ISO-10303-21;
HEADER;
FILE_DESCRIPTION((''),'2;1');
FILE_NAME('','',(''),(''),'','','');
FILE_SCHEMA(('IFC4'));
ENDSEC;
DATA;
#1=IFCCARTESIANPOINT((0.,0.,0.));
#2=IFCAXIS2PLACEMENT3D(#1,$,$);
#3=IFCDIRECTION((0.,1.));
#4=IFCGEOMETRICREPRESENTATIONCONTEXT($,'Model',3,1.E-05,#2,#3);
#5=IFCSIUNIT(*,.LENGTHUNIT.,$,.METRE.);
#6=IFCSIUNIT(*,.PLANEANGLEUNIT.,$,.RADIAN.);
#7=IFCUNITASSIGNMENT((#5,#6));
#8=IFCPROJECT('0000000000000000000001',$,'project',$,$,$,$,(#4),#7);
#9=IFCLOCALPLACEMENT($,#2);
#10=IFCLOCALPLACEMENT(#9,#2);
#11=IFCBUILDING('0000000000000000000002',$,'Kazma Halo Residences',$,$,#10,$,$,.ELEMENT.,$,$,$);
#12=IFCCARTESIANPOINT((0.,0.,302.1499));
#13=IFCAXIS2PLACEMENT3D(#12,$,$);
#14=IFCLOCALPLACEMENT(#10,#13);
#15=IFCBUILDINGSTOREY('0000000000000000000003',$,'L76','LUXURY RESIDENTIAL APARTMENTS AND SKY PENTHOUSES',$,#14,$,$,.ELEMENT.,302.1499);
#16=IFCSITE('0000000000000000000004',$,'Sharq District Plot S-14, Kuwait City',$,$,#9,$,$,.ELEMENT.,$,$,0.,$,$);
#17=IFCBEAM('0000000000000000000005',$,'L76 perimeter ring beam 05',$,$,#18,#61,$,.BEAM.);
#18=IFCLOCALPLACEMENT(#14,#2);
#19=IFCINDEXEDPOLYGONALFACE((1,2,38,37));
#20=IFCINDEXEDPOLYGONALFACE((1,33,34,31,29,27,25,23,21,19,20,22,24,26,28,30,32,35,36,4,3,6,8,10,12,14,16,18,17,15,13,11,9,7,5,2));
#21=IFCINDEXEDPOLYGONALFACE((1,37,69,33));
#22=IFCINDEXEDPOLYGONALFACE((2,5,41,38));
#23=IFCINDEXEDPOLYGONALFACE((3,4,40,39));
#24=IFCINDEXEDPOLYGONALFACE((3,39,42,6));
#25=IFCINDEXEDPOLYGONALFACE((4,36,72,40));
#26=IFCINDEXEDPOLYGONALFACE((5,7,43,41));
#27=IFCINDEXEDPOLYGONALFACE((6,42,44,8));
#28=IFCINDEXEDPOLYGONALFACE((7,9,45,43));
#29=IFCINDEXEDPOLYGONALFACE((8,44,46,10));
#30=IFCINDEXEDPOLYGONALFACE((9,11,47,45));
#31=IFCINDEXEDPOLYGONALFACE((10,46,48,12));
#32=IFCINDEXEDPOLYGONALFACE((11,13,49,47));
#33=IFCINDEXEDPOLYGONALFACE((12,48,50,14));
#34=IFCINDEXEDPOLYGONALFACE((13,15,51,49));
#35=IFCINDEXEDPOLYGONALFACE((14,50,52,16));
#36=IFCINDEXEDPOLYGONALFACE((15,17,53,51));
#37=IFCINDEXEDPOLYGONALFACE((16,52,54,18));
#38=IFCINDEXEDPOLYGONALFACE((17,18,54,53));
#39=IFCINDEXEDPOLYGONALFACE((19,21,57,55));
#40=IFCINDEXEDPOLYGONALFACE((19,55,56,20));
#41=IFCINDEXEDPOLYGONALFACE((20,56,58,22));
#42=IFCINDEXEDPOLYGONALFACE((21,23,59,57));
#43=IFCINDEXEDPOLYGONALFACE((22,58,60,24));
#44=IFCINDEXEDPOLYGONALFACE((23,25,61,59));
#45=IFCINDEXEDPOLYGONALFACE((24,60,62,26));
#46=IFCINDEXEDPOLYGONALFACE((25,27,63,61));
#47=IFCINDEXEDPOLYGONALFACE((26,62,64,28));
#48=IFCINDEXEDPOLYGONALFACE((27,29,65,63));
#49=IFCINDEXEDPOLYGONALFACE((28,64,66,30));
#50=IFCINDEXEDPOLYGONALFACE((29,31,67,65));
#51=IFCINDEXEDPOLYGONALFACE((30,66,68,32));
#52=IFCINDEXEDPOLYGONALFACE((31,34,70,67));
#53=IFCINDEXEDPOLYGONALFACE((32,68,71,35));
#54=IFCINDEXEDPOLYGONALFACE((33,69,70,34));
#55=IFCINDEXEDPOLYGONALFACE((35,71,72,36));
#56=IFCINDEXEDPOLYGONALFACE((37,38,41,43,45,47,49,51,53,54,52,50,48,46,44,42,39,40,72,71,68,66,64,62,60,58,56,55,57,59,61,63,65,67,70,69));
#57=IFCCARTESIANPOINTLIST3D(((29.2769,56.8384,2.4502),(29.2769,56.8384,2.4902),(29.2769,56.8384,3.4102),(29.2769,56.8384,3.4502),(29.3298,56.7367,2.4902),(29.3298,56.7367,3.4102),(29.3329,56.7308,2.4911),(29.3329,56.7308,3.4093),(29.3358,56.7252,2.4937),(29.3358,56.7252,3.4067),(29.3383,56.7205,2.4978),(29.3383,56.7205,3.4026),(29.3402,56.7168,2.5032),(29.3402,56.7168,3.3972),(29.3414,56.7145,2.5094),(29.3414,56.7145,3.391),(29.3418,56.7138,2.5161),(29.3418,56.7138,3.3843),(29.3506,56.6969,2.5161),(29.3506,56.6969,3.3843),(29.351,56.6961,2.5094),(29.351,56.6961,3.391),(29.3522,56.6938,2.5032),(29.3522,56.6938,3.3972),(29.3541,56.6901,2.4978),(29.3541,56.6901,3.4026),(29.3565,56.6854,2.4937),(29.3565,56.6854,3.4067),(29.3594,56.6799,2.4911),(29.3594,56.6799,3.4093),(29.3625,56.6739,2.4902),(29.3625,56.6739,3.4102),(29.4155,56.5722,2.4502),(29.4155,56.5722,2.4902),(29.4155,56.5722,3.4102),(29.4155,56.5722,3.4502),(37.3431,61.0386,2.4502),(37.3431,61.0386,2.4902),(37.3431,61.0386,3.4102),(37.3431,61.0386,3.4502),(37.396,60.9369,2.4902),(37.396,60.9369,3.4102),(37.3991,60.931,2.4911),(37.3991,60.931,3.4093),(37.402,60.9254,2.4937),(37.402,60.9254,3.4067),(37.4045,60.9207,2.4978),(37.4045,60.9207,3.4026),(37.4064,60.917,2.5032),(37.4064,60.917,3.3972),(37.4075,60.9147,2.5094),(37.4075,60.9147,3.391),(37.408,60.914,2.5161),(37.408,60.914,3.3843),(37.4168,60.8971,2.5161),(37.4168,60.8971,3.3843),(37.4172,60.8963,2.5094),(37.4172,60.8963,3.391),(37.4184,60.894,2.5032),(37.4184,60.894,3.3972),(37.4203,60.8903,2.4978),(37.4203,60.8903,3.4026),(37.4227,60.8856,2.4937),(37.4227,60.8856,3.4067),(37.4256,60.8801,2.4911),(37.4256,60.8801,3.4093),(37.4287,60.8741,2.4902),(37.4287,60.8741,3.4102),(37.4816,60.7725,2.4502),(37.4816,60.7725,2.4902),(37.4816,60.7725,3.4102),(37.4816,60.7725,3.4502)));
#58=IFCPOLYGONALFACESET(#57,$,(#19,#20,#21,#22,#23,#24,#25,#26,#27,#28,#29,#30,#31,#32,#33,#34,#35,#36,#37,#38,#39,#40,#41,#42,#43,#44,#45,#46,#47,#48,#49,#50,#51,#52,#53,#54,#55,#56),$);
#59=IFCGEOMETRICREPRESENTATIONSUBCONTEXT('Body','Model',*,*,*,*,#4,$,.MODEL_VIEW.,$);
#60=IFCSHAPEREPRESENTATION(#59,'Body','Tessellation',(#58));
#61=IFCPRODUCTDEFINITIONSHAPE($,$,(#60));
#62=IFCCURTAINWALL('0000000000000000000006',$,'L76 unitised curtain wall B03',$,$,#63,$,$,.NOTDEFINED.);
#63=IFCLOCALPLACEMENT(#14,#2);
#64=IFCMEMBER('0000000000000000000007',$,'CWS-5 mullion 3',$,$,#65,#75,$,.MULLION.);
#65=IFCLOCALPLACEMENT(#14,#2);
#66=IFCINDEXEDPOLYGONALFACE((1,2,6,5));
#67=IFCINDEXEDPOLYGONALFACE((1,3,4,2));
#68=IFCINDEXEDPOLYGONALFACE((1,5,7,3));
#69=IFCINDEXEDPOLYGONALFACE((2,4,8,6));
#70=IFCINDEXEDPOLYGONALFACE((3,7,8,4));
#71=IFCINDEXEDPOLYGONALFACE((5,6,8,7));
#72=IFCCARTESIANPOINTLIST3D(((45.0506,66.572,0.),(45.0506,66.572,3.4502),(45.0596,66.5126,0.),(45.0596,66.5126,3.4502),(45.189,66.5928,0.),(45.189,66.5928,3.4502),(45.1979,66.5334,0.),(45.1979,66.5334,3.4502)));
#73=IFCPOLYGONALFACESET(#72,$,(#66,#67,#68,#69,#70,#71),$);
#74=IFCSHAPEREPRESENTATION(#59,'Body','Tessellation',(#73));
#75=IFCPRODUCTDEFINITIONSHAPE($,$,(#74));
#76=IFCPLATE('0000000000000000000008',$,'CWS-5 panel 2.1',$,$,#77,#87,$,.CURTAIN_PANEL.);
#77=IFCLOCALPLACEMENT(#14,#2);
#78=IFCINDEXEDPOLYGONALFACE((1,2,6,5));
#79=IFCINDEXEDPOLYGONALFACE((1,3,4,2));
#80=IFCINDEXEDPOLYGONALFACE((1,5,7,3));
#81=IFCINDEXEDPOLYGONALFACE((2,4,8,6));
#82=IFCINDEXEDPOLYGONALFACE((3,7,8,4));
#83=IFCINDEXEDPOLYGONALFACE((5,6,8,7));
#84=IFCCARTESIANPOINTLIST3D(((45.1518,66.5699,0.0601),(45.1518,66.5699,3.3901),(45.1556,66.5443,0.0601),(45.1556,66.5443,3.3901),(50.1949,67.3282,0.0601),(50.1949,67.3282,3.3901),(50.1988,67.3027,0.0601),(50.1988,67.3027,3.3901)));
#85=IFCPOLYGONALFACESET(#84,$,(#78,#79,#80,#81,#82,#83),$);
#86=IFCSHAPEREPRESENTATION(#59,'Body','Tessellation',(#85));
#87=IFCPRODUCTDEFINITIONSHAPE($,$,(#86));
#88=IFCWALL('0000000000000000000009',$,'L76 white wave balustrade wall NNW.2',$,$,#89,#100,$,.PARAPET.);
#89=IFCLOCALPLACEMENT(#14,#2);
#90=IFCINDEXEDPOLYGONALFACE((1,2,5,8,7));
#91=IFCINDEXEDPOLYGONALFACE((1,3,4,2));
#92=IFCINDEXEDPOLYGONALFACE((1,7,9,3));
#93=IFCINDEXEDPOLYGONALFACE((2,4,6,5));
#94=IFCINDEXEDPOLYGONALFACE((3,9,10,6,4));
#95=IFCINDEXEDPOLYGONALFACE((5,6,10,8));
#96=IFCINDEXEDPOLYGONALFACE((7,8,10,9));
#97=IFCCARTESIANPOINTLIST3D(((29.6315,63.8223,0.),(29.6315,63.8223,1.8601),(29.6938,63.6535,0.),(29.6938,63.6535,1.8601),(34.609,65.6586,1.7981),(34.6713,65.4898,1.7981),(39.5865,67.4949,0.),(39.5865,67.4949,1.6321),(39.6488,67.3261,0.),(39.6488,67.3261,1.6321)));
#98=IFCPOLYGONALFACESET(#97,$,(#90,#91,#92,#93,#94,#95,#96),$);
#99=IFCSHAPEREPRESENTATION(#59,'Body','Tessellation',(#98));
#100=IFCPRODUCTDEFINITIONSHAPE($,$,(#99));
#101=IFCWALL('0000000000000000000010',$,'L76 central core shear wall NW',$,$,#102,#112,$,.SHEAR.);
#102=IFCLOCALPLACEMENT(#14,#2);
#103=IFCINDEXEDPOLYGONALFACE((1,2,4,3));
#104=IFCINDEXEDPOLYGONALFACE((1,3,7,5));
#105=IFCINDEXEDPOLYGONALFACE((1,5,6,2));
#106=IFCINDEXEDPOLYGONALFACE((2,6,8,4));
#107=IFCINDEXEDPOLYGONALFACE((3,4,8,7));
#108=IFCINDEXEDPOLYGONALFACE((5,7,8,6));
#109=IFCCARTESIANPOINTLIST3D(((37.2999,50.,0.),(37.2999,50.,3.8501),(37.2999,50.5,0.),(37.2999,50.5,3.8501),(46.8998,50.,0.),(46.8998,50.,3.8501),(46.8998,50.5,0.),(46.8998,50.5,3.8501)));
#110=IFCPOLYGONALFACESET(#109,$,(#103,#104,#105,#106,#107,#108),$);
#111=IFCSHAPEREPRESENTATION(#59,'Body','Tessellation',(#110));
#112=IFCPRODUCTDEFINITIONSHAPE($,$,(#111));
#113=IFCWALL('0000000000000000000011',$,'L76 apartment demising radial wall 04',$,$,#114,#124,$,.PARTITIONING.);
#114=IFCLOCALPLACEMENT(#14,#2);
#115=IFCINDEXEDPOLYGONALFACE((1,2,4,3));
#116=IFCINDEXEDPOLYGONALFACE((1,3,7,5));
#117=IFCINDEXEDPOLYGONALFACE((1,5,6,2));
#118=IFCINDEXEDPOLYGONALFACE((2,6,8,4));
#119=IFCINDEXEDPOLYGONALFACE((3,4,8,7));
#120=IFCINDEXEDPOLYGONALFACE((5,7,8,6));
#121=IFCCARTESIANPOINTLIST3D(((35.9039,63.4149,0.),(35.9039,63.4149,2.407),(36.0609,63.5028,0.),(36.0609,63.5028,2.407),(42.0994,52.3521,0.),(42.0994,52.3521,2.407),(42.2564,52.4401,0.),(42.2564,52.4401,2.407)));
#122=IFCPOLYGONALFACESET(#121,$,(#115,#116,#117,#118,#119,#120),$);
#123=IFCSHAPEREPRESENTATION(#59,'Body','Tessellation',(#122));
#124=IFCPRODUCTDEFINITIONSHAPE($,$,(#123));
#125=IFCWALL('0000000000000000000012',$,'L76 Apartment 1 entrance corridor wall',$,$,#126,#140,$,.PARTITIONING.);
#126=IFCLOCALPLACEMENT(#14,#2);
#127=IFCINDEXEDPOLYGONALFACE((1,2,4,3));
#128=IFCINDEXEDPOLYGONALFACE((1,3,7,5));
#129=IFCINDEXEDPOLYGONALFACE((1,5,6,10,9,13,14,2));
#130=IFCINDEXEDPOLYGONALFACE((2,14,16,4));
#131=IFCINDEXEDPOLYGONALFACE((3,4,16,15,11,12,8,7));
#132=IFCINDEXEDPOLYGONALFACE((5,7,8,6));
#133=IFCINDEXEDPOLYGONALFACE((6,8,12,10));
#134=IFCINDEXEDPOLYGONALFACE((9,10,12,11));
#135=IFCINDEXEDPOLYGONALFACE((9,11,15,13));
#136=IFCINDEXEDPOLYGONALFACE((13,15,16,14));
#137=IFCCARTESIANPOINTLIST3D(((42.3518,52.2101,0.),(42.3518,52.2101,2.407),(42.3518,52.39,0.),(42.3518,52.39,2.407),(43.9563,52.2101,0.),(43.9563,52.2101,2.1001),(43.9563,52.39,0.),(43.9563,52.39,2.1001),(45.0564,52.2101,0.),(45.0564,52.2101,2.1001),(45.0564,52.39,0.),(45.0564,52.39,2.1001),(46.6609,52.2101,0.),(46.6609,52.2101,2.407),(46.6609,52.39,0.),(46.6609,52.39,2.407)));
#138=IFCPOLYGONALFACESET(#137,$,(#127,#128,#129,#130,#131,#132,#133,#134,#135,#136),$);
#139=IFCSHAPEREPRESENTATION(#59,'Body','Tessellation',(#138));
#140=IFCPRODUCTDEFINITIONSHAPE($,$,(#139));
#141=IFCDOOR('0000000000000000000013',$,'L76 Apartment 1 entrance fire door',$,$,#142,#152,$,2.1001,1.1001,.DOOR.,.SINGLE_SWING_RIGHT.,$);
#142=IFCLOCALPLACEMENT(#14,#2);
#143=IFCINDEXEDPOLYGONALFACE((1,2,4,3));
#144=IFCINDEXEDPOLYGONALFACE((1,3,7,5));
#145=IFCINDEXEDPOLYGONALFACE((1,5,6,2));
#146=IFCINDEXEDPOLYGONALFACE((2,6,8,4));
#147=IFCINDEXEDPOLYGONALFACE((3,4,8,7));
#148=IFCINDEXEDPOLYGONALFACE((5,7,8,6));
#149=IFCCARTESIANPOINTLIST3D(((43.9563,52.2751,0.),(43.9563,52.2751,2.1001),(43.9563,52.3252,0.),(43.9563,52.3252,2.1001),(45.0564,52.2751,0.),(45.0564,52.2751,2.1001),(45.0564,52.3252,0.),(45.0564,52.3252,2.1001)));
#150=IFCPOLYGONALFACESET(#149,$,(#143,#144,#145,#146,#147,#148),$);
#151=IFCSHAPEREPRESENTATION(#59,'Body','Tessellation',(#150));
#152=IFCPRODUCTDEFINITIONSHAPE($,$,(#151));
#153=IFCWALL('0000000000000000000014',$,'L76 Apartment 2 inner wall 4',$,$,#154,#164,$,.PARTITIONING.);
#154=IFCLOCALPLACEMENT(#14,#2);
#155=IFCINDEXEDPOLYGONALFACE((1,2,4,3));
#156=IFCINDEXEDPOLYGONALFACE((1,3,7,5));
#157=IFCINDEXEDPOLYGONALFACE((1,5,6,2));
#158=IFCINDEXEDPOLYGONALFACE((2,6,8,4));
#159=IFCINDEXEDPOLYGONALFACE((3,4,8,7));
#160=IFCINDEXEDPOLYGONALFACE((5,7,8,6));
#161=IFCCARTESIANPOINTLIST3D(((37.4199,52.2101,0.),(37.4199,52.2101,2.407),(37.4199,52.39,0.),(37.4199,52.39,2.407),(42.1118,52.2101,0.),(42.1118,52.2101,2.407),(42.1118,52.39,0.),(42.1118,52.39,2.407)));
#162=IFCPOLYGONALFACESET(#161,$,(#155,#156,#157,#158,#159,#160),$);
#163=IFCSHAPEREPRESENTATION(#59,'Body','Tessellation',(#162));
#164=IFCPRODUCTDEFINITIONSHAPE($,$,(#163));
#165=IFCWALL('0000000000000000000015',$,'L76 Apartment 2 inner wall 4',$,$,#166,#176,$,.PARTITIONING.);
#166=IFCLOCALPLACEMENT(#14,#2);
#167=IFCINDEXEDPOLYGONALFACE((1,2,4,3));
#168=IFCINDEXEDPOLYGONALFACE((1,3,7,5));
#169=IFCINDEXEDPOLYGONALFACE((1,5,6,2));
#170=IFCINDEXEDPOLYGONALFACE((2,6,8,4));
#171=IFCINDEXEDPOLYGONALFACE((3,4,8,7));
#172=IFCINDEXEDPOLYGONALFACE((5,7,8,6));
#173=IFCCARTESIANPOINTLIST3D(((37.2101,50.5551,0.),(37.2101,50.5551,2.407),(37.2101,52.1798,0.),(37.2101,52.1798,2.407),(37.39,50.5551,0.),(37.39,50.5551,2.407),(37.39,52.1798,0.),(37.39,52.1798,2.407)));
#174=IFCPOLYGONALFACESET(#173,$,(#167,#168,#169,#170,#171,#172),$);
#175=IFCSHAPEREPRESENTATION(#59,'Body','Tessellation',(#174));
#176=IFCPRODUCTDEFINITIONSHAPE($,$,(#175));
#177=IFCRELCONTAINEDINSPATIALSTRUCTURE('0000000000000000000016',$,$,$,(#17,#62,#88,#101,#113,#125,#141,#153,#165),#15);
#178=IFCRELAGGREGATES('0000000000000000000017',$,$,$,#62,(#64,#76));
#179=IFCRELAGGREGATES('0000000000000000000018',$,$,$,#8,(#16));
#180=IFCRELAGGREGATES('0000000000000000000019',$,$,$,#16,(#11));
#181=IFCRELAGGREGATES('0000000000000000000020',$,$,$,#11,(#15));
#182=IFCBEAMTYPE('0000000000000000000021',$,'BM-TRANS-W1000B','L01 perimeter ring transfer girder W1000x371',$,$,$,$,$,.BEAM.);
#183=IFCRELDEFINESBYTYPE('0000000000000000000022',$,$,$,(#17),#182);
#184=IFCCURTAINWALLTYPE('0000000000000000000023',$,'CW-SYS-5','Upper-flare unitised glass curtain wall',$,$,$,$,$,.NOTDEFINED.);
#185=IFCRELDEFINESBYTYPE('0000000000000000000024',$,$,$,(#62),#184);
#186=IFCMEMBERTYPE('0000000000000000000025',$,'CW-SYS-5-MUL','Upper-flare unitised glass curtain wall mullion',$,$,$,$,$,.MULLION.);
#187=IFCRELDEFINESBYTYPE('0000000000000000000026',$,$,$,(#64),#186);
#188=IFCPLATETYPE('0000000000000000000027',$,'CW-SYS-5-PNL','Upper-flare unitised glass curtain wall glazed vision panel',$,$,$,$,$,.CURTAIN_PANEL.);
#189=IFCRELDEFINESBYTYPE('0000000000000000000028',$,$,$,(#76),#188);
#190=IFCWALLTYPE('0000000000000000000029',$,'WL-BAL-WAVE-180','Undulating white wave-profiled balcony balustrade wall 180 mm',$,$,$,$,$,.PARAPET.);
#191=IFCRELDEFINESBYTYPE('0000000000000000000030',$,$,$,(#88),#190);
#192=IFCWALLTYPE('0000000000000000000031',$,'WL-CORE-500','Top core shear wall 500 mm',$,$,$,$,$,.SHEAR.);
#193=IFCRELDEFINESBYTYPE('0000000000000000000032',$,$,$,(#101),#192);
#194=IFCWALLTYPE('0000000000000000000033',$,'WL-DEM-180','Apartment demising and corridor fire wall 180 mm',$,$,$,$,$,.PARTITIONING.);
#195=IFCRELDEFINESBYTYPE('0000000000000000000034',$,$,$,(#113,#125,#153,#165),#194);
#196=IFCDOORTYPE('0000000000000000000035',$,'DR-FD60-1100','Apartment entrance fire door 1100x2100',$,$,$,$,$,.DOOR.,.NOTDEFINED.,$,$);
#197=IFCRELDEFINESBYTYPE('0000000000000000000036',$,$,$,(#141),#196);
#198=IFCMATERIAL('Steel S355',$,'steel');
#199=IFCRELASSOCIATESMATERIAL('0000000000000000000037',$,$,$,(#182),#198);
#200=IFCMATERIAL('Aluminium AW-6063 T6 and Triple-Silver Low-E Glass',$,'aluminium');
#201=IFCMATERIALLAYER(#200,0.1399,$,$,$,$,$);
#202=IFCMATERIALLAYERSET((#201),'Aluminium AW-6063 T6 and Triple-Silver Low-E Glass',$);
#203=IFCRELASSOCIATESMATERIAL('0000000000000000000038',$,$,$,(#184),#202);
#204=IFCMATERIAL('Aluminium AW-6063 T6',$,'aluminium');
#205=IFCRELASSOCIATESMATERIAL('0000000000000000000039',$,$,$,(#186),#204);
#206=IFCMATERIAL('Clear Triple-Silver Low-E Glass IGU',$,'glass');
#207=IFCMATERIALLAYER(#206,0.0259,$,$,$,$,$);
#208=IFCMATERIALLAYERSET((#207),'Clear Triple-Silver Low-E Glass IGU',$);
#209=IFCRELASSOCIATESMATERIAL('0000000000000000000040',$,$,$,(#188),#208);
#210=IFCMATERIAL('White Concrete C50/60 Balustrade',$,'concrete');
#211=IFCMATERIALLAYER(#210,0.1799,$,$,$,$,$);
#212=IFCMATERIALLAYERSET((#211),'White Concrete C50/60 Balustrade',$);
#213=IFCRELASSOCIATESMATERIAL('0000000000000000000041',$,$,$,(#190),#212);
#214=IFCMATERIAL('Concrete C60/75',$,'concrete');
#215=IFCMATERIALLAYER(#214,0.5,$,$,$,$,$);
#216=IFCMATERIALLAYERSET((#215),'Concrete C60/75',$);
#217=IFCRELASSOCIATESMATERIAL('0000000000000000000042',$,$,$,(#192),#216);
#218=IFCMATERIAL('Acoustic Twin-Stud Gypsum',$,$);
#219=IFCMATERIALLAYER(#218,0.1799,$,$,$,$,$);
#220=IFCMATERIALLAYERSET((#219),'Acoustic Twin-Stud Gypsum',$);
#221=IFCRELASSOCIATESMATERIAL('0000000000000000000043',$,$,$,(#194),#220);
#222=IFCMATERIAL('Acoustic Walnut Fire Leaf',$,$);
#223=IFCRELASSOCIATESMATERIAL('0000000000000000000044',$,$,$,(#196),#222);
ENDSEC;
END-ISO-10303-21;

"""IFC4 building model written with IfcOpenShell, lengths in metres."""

from ifc_helpers import new_model, si_unit, direction, frame, frame_2d, origin, origin_2d, place, context, subcontext, project, spatial, polyline, rectangle, i_section, outline, extrude, material, layer, layer_set, material_profile, profile_set, type_object, element, fill, aggregate, save


model = new_model("IFC4")

# Units and contexts
model_context = context("Model", 3, precision=1e-05, world=origin(), true_north=direction((0.0, 1.0)))
body_context = subcontext(model_context, "Body", "Model", "MODEL_VIEW")
ifc_project = project(units=[si_unit("LENGTHUNIT", "METRE"), si_unit("PLANEANGLEUNIT", "RADIAN")], contexts=[model_context])

# Site, building, storey
site_placement = place(None, origin())
site = spatial("IfcSite", under=ifc_project, at=site_placement, Name="Sharq District Plot S-14, Kuwait City", CompositionType="ELEMENT", RefElevation=0.0)
building_placement = place(site_placement, origin())
building = spatial("IfcBuilding", under=site, at=building_placement, Name="Kazma Halo Residences", CompositionType="ELEMENT")
storey_placement = place(building_placement, frame((0.0, 0.0, 302.1499)))
storey = spatial("IfcBuildingStorey", under=building, at=storey_placement, Name="L76", Description="LUXURY RESIDENTIAL APARTMENTS AND SKY PENTHOUSES", CompositionType="ELEMENT", Elevation=302.1499)

# Shared definitions
ifc_material_1 = material(Name="Concrete C60/75", Category="concrete")

# Beam
ifc_material_2 = material(Name="Steel S355", Category="steel")
ifc_material_profile_1 = material_profile(ifc_material_2, i_section(OverallWidth=0.3, OverallDepth=1.0, WebThickness=0.019, FlangeThickness=0.04, FilletRadius=0.0259, at=origin_2d()), Name="W1000x371")
ifc_profile_set_1 = profile_set([ifc_material_profile_1], Name="Steel S355")
beam_type_1 = type_object("IfcBeamType", Name="BM-TRANS-W1000B", Description="L01 perimeter ring transfer girder W1000x371", PredefinedType="BEAM", material=ifc_profile_set_1)
beam_1_placement = place(storey_placement, frame((37.4124, 60.9055, 2.9502), z_axis=(-0.886956, -0.461854, 0.0), x_axis=(0.461854, -0.886956, 0.0)))
element("IfcBeam", 1, at=beam_1_placement, inside=storey, type_object=beam_type_1, Name="L76 perimeter ring beam 05", PredefinedType="BEAM", context=body_context, shape_type="SweptSolid", body=[
    extrude(i_section(OverallWidth=0.3, OverallDepth=1.0, WebThickness=0.019, FlangeThickness=0.04, FilletRadius=0.0259, at=origin_2d()), origin(), (0.0, 0.0, 1.0), 9.0942),
])

# Curtain wall, member, plate
ifc_material_3 = material(Name="Aluminium AW-6063 T6 and Triple-Silver Low-E Glass", Category="aluminium")
ifc_layer_1 = layer(ifc_material_3, 0.1399)
ifc_layer_set_1 = layer_set([ifc_layer_1], Name="Aluminium AW-6063 T6 and Triple-Silver Low-E Glass")
curtain_wall_type = type_object("IfcCurtainWallType", Name="CW-SYS-5", Description="Upper-flare unitised glass curtain wall", PredefinedType="NOTDEFINED", material=ifc_layer_set_1)
curtain_wall_placement = place(storey_placement, origin())
curtain_wall = element("IfcCurtainWall", 2, at=curtain_wall_placement, inside=storey, type_object=curtain_wall_type, Name="L76 unitised curtain wall B03", PredefinedType="NOTDEFINED")
ifc_material_4 = material(Name="Aluminium AW-6063 T6", Category="aluminium")
ifc_material_profile_2 = material_profile(ifc_material_4, rectangle(XDim=0.0601, YDim=0.1399, at=origin_2d()), Name="CWM-60x140")
ifc_profile_set_2 = profile_set([ifc_material_profile_2], Name="Aluminium AW-6063 T6")
member_type = type_object("IfcMemberType", Name="CW-SYS-5-MUL", Description="Upper-flare unitised glass curtain wall mullion", PredefinedType="MULLION", material=ifc_profile_set_2)
member_placement = place(storey_placement, frame((45.1243, 66.5527, 0.0), z_axis=(0.0, 0.0, 1.0), x_axis=(0.148697, -0.988883, 0.0)))
member = element("IfcMember", 3, at=member_placement, type_object=member_type, Name="CWS-5 mullion 3", PredefinedType="MULLION", context=body_context, shape_type="SweptSolid", body=[
    extrude(rectangle(XDim=0.0601, YDim=0.1399, at=origin_2d()), origin(), (0.0, 0.0, 1.0), 3.4502),
])
ifc_material_5 = material(Name="Clear Triple-Silver Low-E Glass IGU", Category="glass")
ifc_layer_2 = layer(ifc_material_5, 0.0259)
ifc_layer_set_2 = layer_set([ifc_layer_2], Name="Clear Triple-Silver Low-E Glass IGU")
plate_type = type_object("IfcPlateType", Name="CW-SYS-5-PNL", Description="Upper-flare unitised glass curtain wall glazed vision panel", PredefinedType="CURTAIN_PANEL", material=ifc_layer_set_2)
plate_placement = place(storey_placement, frame((47.6753, 66.9363, 0.0601), z_axis=(0.0, 0.0, 1.0), x_axis=(-0.988883, -0.148697, 0.0)))
plate = element("IfcPlate", 4, at=plate_placement, type_object=plate_type, Name="CWS-5 panel 2.1", PredefinedType="CURTAIN_PANEL", context=body_context, shape_type="SweptSolid", body=[
    extrude(rectangle(XDim=5.0999, YDim=0.0259, at=origin_2d()), origin(), (0.0, 0.0, 1.0), 3.3301),
])
aggregate(curtain_wall, [member, plate])

# Walls
ifc_material_6 = material(Name="White Concrete C50/60 Balustrade", Category="concrete")
ifc_layer_3 = layer(ifc_material_6, 0.1799)
ifc_layer_set_3 = layer_set([ifc_layer_3], Name="White Concrete C50/60 Balustrade")
wall_type_1 = type_object("IfcWallType", Name="WL-BAL-WAVE-180", Description="Undulating white wave-profiled balcony balustrade wall 180 mm", PredefinedType="PARAPET", material=ifc_layer_set_3)
wall_1_placement = place(storey_placement, frame((39.6177, 67.4104, 0.0), z_axis=(0.0, 0.0, 1.0), x_axis=(-0.938192, -0.346116, 0.0)))
element("IfcWall", 5, at=wall_1_placement, inside=storey, type_object=wall_type_1, Name="L76 white wave balustrade wall NNW.2", PredefinedType="PARAPET", context=body_context, shape_type="SweptSolid", body=[
    extrude(outline(polyline([(0.0, 0.0), (10.6108, 0.0), (10.6108, 1.8601), (5.3054, 1.7981), (0.0, 1.6321), (0.0, 0.0)])), frame((0.0, 0.0898, 0.0), z_axis=(0.0, -1.0, 0.0), x_axis=(1.0, 0.0, 0.0)), (0.0, 0.0, 1.0), 0.1799),
])
ifc_layer_4 = layer(ifc_material_1, 0.5)
ifc_layer_set_4 = layer_set([ifc_layer_4], Name="Concrete C60/75")
wall_type_2 = type_object("IfcWallType", Name="WL-CORE-500", Description="Top core shear wall 500 mm", PredefinedType="SHEAR", material=ifc_layer_set_4)
wall_2_placement = place(storey_placement, frame((37.3, 50.25, 0.0), z_axis=(0.0, 0.0, 1.0), x_axis=(1.0, 0.0, 0.0)))
element("IfcWall", 6, at=wall_2_placement, inside=storey, type_object=wall_type_2, Name="L76 central core shear wall NW", PredefinedType="SHEAR", context=body_context, shape_type="SweptSolid", body=[
    extrude(rectangle(XDim=9.5999, YDim=0.5, at=frame_2d((4.7998, 0.0))), origin(), (0.0, 0.0, 1.0), 3.8501),
])
ifc_material_7 = material(Name="Acoustic Twin-Stud Gypsum")
ifc_layer_5 = layer(ifc_material_7, 0.1799)
ifc_layer_set_5 = layer_set([ifc_layer_5], Name="Acoustic Twin-Stud Gypsum")
wall_type_3 = type_object("IfcWallType", Name="WL-DEM-180", Description="Apartment demising and corridor fire wall 180 mm", PredefinedType="PARTITIONING", material=ifc_layer_set_5)
wall_3_placement = place(storey_placement, frame((42.178, 52.396, 0.0), z_axis=(0.0, 0.0, 1.0), x_axis=(-0.488629, 0.872492, 0.0)))
element("IfcWall", 7, at=wall_3_placement, inside=storey, type_object=wall_type_3, Name="L76 apartment demising radial wall 04", PredefinedType="PARTITIONING", context=body_context, shape_type="SweptSolid", body=[
    extrude(rectangle(XDim=12.6794, YDim=0.1799, at=frame_2d((6.3398, 0.0))), origin(), (0.0, 0.0, 1.0), 2.407),
])

# Wall, opening, door
wall_4_placement = place(storey_placement, frame((46.6609, 52.3, 0.0), z_axis=(0.0, 0.0, 1.0), x_axis=(-1.0, 0.0, 0.0)))
wall_4 = element("IfcWall", 8, at=wall_4_placement, inside=storey, type_object=wall_type_3, Name="L76 Apartment 1 entrance corridor wall", PredefinedType="PARTITIONING", context=body_context, shape_type="SweptSolid", body=[
    extrude(rectangle(XDim=4.3091, YDim=0.1799, at=frame_2d((2.1545, 0.0))), origin(), (0.0, 0.0, 1.0), 2.407),
])
opening_1_placement = place(wall_4_placement, frame((1.6045, 0.0, 0.0)))
opening_1 = element("IfcOpeningElement", 9, at=opening_1_placement, cuts=wall_4, PredefinedType="OPENING", context=body_context, shape_type="SweptSolid", body=[
    extrude(rectangle(XDim=1.1001, YDim=2.1001, at=frame_2d((0.55, 1.05))), frame((0.0, 0.0999, 0.0), z_axis=(0.0, -1.0, 0.0), x_axis=(1.0, 0.0, 0.0)), (0.0, 0.0, 1.0), 0.2),
])
ifc_material_8 = material(Name="Acoustic Walnut Fire Leaf")
door_type_1 = type_object("IfcDoorType", Name="DR-FD60-1100", Description="Apartment entrance fire door 1100x2100", OperationType="NOTDEFINED", PredefinedType="DOOR", material=ifc_material_8)
door_1_placement = place(opening_1_placement, origin())
door_1 = element("IfcDoor", 10, at=door_1_placement, inside=storey, type_object=door_type_1, Name="L76 Apartment 1 entrance fire door", OperationType="SINGLE_SWING_RIGHT", OverallHeight=2.1001, OverallWidth=1.1001, PredefinedType="DOOR", context=body_context, shape_type="SweptSolid", body=[
    extrude(rectangle(XDim=1.1001, YDim=2.1001, at=frame_2d((0.55, 1.05))), frame((0.0, 0.0249, 0.0), z_axis=(0.0, -1.0, 0.0), x_axis=(1.0, 0.0, 0.0)), (0.0, 0.0, 1.0), 0.05),
])
fill(opening_1, door_1)

# Walls
wall_5_placement = place(storey_placement, frame((42.1118, 52.3, 0.0), z_axis=(0.0, 0.0, 1.0), x_axis=(-1.0, 0.0, 0.0)))
element("IfcWall", 11, at=wall_5_placement, inside=storey, type_object=wall_type_3, Name="L76 Apartment 2 inner wall 4", PredefinedType="PARTITIONING", context=body_context, shape_type="SweptSolid", body=[
    extrude(rectangle(XDim=4.6919, YDim=0.1799, at=frame_2d((2.3459, 0.0))), origin(), (0.0, 0.0, 1.0), 2.407),
])
wall_6_placement = place(storey_placement, frame((37.3, 52.1799, 0.0), z_axis=(0.0, 0.0, 1.0), x_axis=(0.0, -1.0, 0.0)))
element("IfcWall", 12, at=wall_6_placement, inside=storey, type_object=wall_type_3, Name="L76 Apartment 2 inner wall 4", PredefinedType="PARTITIONING", context=body_context, shape_type="SweptSolid", body=[
    extrude(rectangle(XDim=1.6248, YDim=0.1799, at=frame_2d((0.8125, 0.0))), origin(), (0.0, 0.0, 1.0), 2.407),
])

save(model, "model.ifc")
